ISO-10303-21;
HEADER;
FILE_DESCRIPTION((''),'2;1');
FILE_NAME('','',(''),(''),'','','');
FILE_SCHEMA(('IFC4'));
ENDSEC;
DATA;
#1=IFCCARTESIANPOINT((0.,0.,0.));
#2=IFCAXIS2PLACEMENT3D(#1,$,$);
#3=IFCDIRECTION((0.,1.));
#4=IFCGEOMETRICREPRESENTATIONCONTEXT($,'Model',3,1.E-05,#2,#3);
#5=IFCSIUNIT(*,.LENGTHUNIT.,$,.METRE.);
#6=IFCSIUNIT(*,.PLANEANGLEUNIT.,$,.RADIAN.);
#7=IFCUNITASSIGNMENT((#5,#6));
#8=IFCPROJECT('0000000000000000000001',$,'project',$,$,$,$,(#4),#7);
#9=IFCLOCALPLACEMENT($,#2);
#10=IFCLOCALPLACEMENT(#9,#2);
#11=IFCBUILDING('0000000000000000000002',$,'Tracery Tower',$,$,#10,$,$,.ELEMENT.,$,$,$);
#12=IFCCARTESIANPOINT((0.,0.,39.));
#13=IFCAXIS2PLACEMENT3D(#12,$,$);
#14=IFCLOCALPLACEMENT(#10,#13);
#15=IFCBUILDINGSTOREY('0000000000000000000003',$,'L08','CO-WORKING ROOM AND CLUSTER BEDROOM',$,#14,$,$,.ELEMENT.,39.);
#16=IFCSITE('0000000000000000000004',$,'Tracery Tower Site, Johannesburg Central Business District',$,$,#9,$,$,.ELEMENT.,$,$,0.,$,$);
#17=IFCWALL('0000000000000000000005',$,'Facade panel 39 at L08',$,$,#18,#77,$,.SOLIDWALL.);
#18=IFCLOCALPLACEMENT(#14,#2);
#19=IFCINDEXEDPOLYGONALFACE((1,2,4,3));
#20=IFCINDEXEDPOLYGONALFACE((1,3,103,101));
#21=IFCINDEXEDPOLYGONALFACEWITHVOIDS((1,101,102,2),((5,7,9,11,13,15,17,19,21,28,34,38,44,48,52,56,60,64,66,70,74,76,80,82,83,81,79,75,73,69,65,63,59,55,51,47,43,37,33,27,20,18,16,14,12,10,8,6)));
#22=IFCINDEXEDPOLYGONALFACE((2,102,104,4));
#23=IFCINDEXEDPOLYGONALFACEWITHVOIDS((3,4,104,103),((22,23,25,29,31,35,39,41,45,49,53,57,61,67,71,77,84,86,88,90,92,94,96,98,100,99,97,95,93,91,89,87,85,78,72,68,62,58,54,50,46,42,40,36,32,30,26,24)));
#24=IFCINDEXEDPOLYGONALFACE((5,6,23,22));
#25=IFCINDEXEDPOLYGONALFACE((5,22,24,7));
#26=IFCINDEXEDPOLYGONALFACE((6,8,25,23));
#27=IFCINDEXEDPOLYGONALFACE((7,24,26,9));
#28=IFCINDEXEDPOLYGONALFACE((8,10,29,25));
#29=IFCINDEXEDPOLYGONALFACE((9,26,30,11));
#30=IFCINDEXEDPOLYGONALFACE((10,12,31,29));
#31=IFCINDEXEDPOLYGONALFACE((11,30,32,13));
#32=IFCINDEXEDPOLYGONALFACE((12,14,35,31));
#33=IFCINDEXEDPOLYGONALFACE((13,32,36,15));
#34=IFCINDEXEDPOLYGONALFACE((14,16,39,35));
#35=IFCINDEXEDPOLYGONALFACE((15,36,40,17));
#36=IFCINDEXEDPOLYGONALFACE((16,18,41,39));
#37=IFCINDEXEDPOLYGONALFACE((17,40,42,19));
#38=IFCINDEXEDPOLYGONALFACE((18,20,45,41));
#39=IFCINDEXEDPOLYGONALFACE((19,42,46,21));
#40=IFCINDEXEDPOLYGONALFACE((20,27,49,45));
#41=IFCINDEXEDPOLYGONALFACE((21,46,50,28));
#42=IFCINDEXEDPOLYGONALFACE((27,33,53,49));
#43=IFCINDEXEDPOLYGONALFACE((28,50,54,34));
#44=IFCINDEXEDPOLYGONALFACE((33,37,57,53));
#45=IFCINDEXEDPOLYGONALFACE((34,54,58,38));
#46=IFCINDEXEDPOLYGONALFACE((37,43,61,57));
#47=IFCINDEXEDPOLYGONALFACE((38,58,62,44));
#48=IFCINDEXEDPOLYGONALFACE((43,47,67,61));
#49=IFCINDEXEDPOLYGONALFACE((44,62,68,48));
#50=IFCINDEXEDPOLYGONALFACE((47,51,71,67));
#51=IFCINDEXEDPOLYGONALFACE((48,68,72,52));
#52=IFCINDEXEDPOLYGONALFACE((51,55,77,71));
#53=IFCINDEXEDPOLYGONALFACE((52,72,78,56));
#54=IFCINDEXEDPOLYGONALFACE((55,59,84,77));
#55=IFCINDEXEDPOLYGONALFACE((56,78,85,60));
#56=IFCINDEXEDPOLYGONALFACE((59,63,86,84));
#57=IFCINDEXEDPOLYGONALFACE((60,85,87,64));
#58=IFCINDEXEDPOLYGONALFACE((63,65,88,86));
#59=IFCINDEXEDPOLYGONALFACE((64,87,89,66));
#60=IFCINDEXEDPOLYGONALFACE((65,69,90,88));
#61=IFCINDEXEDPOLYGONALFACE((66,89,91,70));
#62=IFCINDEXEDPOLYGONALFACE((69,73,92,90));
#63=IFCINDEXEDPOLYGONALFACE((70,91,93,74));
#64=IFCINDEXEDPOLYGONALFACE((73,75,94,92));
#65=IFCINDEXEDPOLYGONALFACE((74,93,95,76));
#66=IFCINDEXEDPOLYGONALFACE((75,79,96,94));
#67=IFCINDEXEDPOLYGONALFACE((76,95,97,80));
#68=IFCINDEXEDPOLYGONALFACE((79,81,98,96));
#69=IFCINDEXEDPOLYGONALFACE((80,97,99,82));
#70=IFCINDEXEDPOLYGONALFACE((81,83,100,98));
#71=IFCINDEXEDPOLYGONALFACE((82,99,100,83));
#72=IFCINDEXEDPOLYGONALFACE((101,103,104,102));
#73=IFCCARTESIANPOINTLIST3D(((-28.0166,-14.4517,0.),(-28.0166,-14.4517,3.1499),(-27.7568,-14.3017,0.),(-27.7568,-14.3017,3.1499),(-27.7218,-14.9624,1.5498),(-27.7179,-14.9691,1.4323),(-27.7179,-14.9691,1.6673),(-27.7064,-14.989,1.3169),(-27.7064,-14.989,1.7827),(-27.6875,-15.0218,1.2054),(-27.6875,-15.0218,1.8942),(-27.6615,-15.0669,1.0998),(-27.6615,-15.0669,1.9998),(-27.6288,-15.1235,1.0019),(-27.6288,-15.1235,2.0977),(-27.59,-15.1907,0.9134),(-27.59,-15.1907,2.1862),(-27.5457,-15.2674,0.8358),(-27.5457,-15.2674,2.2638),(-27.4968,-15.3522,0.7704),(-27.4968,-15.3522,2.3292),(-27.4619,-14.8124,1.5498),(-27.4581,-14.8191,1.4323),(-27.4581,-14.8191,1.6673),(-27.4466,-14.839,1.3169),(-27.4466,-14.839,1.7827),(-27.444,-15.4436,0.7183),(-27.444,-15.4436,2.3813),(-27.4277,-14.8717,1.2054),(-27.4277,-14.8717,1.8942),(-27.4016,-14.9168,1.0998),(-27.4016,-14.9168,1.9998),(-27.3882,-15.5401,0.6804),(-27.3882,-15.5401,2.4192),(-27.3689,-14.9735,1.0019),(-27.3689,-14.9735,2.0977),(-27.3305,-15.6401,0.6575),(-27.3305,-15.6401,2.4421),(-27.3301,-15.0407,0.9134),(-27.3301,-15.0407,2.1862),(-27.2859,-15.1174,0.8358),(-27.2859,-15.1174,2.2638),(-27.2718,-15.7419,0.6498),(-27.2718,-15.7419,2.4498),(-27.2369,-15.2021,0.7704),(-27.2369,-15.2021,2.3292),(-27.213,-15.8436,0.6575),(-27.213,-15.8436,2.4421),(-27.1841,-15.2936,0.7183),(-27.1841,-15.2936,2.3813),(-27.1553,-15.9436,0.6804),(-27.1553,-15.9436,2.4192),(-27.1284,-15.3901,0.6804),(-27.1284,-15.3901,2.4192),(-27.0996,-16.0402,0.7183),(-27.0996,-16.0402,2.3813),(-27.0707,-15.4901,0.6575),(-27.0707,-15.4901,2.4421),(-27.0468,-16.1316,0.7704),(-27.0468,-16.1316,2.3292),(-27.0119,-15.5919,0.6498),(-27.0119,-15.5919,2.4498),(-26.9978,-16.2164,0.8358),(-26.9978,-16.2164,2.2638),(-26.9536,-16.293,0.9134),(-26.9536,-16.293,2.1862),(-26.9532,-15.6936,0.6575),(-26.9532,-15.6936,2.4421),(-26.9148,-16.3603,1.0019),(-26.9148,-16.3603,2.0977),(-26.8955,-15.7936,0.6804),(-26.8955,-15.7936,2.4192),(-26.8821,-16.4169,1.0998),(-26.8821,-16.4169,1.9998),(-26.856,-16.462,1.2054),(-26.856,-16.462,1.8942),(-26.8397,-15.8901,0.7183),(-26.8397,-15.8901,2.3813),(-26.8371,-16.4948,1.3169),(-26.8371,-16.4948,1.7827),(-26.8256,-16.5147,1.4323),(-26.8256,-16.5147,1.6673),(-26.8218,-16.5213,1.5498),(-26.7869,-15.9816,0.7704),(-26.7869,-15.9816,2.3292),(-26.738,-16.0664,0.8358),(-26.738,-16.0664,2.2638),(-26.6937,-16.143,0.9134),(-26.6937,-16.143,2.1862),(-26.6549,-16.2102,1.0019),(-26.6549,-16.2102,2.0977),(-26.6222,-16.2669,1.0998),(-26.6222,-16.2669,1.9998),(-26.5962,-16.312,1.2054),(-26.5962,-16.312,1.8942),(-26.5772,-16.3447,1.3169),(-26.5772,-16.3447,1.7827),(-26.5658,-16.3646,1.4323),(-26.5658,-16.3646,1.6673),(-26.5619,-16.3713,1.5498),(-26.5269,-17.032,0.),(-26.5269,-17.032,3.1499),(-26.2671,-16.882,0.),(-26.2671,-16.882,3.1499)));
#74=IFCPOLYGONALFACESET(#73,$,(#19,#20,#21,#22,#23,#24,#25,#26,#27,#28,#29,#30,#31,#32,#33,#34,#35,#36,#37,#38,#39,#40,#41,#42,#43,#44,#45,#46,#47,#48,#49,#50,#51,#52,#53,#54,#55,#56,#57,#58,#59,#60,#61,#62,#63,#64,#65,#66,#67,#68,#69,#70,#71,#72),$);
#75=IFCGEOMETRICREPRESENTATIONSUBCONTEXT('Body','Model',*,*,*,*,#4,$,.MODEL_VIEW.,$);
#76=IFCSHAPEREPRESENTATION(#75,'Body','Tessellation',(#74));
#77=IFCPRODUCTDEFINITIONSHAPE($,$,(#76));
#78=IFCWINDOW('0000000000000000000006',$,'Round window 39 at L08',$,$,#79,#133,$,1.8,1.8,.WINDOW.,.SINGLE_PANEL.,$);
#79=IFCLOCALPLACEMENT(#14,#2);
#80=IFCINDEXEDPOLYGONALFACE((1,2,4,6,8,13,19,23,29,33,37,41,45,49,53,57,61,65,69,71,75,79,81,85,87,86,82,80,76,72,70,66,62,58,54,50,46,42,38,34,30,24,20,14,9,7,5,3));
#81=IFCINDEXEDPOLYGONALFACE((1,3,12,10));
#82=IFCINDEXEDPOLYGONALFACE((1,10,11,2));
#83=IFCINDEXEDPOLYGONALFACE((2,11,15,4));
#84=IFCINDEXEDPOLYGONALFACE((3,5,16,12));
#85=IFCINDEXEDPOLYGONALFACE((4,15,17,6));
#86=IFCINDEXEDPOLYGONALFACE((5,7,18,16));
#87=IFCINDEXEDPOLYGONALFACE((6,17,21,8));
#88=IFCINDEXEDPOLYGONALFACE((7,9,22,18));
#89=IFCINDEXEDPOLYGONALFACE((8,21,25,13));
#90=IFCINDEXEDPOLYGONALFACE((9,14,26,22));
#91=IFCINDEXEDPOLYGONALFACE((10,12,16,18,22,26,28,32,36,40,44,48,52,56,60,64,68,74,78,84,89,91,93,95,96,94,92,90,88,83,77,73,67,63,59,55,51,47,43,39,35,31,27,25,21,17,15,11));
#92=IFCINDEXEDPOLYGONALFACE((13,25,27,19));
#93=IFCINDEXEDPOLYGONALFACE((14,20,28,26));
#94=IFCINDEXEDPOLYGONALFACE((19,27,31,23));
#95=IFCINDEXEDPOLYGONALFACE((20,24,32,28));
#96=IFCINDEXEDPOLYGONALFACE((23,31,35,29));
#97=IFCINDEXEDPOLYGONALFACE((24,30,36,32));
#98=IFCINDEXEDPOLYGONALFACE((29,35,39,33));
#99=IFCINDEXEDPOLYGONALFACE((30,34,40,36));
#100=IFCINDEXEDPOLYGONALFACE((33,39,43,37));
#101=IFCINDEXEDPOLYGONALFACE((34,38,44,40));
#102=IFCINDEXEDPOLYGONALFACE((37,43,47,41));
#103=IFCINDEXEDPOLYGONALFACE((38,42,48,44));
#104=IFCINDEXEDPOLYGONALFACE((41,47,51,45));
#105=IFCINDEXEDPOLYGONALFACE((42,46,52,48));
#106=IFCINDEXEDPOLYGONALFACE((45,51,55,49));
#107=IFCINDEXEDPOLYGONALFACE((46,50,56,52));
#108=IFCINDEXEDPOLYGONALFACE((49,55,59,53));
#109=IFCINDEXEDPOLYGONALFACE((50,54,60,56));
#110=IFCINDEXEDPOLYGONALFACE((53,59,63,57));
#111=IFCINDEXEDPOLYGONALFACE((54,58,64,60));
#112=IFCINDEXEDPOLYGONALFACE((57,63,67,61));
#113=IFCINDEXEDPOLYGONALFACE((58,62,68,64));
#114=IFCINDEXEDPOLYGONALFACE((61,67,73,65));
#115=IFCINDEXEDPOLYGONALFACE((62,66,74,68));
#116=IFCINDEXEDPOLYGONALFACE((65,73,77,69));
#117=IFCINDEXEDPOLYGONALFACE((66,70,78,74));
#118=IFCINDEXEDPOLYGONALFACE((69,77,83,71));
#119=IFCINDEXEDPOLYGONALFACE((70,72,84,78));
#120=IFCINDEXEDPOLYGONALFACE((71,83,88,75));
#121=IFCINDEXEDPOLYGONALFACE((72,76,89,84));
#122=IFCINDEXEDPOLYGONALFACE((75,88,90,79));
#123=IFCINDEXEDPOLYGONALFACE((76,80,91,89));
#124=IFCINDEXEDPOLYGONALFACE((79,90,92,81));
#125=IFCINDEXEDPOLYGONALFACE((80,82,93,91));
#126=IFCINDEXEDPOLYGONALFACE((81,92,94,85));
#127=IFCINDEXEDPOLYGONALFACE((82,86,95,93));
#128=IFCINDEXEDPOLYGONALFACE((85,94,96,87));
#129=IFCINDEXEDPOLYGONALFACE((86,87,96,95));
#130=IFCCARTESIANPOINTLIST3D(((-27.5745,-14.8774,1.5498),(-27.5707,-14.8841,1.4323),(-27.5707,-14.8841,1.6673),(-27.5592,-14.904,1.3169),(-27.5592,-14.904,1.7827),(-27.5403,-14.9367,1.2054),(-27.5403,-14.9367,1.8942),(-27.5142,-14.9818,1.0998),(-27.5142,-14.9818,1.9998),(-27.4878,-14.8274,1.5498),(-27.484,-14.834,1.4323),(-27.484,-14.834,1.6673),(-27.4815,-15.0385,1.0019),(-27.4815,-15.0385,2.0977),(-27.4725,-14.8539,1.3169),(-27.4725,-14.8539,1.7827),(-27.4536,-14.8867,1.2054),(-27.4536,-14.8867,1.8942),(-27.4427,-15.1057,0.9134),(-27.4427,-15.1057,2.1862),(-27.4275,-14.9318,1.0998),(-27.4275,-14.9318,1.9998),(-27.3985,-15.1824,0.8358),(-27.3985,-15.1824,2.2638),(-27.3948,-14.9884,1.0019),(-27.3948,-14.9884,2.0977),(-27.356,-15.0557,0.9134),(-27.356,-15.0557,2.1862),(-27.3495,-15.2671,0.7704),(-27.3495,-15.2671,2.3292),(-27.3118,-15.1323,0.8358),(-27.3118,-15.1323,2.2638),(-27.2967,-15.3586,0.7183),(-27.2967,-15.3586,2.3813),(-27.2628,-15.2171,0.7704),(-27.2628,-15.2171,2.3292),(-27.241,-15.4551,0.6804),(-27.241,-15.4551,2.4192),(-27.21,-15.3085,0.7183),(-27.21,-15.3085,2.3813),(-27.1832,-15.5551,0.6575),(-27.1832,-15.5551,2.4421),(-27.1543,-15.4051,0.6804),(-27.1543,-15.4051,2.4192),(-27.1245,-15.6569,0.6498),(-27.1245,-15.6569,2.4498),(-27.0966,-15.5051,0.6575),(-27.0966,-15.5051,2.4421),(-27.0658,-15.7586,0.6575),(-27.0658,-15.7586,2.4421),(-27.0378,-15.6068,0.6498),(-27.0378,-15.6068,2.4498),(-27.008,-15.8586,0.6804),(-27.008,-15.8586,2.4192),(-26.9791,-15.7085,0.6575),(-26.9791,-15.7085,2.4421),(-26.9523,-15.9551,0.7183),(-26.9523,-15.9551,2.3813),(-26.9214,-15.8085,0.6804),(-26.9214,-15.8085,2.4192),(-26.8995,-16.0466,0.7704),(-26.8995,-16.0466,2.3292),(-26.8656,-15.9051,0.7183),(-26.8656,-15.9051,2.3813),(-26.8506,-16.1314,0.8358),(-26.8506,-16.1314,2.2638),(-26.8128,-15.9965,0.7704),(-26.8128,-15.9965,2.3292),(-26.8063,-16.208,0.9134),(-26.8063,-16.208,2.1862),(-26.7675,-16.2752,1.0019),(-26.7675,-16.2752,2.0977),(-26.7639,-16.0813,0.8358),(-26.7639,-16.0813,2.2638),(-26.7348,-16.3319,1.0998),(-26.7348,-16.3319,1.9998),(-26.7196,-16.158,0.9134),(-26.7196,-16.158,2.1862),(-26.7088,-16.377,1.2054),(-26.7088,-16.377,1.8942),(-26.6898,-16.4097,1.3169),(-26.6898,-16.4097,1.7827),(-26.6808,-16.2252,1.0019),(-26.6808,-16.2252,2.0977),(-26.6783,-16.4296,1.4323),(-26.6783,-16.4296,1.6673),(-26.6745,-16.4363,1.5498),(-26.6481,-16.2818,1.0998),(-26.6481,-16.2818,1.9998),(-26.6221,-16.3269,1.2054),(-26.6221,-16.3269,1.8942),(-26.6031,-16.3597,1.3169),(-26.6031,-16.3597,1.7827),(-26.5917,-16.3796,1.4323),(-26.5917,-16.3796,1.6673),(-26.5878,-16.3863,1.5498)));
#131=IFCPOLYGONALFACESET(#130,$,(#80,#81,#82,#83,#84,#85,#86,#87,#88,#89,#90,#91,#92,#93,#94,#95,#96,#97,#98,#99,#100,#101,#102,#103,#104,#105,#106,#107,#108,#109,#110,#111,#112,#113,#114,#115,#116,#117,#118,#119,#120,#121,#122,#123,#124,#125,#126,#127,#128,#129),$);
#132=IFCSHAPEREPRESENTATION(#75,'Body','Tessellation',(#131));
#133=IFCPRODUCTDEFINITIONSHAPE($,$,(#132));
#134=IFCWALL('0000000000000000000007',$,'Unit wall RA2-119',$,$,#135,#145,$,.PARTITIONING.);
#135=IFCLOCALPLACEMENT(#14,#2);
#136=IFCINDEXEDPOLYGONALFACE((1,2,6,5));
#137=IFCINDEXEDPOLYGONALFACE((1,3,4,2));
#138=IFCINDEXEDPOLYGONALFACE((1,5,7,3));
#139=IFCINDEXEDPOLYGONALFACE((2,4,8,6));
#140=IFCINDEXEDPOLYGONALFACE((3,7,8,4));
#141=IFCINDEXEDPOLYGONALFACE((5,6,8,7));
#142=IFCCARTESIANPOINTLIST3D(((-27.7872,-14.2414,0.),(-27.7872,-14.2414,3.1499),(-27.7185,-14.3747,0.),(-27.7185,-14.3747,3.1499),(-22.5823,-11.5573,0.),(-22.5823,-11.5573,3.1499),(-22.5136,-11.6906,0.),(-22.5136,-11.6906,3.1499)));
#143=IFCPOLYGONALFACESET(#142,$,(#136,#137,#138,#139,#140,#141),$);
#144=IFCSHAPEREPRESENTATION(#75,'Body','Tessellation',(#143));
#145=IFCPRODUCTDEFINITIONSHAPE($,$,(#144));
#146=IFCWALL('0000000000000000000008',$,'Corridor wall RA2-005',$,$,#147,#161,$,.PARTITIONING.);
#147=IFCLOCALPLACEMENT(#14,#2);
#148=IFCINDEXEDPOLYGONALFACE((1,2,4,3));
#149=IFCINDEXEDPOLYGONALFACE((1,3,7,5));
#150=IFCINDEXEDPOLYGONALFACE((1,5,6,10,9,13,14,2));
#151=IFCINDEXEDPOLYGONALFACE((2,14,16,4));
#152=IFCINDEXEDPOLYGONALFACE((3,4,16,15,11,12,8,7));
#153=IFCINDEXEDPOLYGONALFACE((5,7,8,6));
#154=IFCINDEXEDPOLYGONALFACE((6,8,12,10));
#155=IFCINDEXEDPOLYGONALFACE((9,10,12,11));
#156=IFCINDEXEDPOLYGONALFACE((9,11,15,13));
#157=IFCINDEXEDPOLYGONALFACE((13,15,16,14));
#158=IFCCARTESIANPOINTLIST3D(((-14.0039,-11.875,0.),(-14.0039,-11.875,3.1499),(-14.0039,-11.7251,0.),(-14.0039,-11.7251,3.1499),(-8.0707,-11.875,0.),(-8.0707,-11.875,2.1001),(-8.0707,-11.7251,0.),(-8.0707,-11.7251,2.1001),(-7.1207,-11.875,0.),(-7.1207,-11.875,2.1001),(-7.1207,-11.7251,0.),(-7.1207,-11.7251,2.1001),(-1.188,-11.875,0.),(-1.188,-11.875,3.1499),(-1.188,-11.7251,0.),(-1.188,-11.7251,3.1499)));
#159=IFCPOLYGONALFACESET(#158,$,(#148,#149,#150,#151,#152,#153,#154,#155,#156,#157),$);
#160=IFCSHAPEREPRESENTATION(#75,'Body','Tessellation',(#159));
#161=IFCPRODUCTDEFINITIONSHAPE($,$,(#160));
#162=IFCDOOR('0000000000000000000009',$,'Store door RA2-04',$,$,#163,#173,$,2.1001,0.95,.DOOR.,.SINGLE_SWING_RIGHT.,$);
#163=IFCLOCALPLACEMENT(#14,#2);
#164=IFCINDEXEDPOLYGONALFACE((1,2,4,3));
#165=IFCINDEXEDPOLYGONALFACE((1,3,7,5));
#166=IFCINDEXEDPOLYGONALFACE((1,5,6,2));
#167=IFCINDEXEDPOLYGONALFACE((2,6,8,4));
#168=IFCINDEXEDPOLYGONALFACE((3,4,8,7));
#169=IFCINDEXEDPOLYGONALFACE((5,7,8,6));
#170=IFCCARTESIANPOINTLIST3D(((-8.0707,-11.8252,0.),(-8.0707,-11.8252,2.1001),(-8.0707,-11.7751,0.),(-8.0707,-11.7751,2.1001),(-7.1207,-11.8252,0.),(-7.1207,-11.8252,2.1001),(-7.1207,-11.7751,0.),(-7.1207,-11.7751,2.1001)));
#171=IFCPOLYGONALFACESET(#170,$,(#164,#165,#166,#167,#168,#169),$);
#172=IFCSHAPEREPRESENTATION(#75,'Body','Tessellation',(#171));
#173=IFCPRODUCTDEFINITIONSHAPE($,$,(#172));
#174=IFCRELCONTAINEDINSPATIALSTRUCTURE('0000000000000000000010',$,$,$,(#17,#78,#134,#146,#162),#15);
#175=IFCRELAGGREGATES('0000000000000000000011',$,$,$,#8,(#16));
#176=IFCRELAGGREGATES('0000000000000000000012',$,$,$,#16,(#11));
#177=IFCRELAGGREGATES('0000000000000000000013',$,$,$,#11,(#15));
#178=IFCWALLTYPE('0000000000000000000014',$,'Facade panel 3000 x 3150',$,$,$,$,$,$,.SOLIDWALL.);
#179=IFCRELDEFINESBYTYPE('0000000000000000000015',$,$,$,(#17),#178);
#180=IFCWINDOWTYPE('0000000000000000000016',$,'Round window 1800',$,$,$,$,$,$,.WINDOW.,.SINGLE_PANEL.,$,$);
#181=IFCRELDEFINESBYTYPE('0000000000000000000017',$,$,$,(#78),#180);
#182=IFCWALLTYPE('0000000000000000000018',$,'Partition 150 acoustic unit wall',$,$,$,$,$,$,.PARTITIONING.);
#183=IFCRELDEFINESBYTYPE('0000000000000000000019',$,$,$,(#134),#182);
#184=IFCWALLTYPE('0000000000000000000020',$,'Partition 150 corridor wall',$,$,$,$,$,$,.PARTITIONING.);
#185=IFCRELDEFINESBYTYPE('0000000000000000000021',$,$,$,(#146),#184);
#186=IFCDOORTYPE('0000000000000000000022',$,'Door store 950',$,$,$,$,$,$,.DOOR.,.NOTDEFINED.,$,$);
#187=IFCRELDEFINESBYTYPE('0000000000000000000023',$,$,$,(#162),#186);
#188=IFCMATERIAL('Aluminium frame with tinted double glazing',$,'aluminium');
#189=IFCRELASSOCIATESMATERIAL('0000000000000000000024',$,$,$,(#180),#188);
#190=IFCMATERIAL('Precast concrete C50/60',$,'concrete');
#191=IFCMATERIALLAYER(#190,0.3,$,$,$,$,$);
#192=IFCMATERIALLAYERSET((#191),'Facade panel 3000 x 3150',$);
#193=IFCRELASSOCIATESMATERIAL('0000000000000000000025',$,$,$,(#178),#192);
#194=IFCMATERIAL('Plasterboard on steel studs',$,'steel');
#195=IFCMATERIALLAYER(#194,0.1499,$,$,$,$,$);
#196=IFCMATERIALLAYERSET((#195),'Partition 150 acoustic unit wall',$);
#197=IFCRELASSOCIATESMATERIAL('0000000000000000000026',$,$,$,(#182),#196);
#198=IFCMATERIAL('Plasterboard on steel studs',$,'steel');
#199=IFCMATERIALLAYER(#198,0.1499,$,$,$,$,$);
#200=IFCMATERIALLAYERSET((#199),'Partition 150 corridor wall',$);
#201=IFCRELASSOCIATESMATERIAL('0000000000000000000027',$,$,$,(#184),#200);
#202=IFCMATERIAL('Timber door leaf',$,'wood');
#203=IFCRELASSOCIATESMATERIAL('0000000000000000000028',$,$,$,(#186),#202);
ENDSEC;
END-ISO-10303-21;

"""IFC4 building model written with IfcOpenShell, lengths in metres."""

from ifc_helpers import new_model, si_unit, direction, frame, frame_2d, origin, origin_2d, place, context, subcontext, project, spatial, rectangle, circle, extrude, material, layer, layer_set, type_object, element, fill, save


model = new_model("IFC4")

# Units and contexts
model_context = context("Model", 3, precision=1e-05, world=origin(), true_north=direction((0.0, 1.0)))
body_context = subcontext(model_context, "Body", "Model", "MODEL_VIEW")
ifc_project = project(units=[si_unit("LENGTHUNIT", "METRE"), si_unit("PLANEANGLEUNIT", "RADIAN")], contexts=[model_context])

# Site, building, storey
site_placement = place(None, origin())
site = spatial("IfcSite", under=ifc_project, at=site_placement, Name="Tracery Tower Site, Johannesburg Central Business District", CompositionType="ELEMENT", RefElevation=0.0)
building_placement = place(site_placement, origin())
building = spatial("IfcBuilding", under=site, at=building_placement, Name="Tracery Tower", CompositionType="ELEMENT")
storey_placement = place(building_placement, frame((0.0, 0.0, 39.0)))
storey = spatial("IfcBuildingStorey", under=building, at=storey_placement, Name="L08", Description="CO-WORKING ROOM AND CLUSTER BEDROOM", CompositionType="ELEMENT", Elevation=39.0)

# Wall, opening, window
ifc_material_1 = material(Name="Aluminium frame with tinted double glazing", Category="aluminium")
window_type = type_object("IfcWindowType", Name="Round window 1800", PartitioningType="SINGLE_PANEL", PredefinedType="WINDOW", material=ifc_material_1)
ifc_material_2 = material(Name="Precast concrete C50/60", Category="concrete")
ifc_layer_1 = layer(ifc_material_2, 0.3)
ifc_layer_set_1 = layer_set([ifc_layer_1], Name="Facade panel 3000 x 3150")
wall_type_1 = type_object("IfcWallType", Name="Facade panel 3000 x 3150", PredefinedType="SOLIDWALL", material=ifc_layer_set_1)
wall_1_placement = place(storey_placement, frame((-27.8867, -14.3767, 0.0), z_axis=(0.0, 0.0, 1.0), x_axis=(0.499999, -0.866026, 0.0)))
wall_1 = element("IfcWall", 1, at=wall_1_placement, inside=storey, type_object=wall_type_1, Name="Facade panel 39 at L08", PredefinedType="SOLIDWALL", context=body_context, shape_type="SweptSolid", body=[
    extrude(rectangle(XDim=2.9795, YDim=0.3, at=frame_2d((1.4897, 0.0))), origin(), (0.0, 0.0, 1.0), 3.1499),
])
opening_1_placement = place(wall_1_placement, frame((1.4897, 0.0, 1.5498)))
opening_1 = element("IfcOpeningElement", 2, at=opening_1_placement, cuts=wall_1, PredefinedType="OPENING", context=body_context, shape_type="SweptSolid", body=[
    extrude(circle(Radius=0.9, at=origin_2d()), frame((0.0, 0.1599, 0.0), z_axis=(0.0, -1.0, 0.0), x_axis=(1.0, 0.0, 0.0)), (0.0, 0.0, 1.0), 0.3201),
])
window_1_placement = place(opening_1_placement, origin())
window_1 = element("IfcWindow", 3, at=window_1_placement, inside=storey, type_object=window_type, Name="Round window 39 at L08", OverallHeight=1.8, OverallWidth=1.8, PartitioningType="SINGLE_PANEL", PredefinedType="WINDOW", context=body_context, shape_type="SweptSolid", body=[
    extrude(circle(Radius=0.9, at=origin_2d()), frame((0.0, 0.1201, 0.0), z_axis=(0.0, -1.0, 0.0), x_axis=(1.0, 0.0, 0.0)), (0.0, 0.0, 1.0), 0.1001),
])
fill(opening_1, window_1)

# Wall
ifc_material_3 = material(Name="Plasterboard on steel studs", Category="steel")
ifc_layer_2 = layer(ifc_material_3, 0.1499)
ifc_layer_set_2 = layer_set([ifc_layer_2], Name="Partition 150 acoustic unit wall")
wall_type_2 = type_object("IfcWallType", Name="Partition 150 acoustic unit wall", PredefinedType="PARTITIONING", material=ifc_layer_set_2)
wall_2_placement = place(storey_placement, frame((-27.7529, -14.3081, 0.0), z_axis=(0.0, 0.0, 1.0), x_axis=(0.88878, 0.458335, 0.0)))
element("IfcWall", 4, at=wall_2_placement, inside=storey, type_object=wall_type_2, Name="Unit wall RA2-119", PredefinedType="PARTITIONING", context=body_context, shape_type="SweptSolid", body=[
    extrude(rectangle(XDim=5.8562, YDim=0.1499, at=frame_2d((2.9282, 0.0))), origin(), (0.0, 0.0, 1.0), 3.1499),
])

# Wall, opening, door
ifc_material_4 = material(Name="Plasterboard on steel studs", Category="steel")
ifc_layer_3 = layer(ifc_material_4, 0.1499)
ifc_layer_set_3 = layer_set([ifc_layer_3], Name="Partition 150 corridor wall")
wall_type_3 = type_object("IfcWallType", Name="Partition 150 corridor wall", PredefinedType="PARTITIONING", material=ifc_layer_set_3)
wall_3_placement = place(storey_placement, frame((-14.0039, -11.8, 0.0), z_axis=(0.0, 0.0, 1.0), x_axis=(1.0, 0.0, 0.0)))
wall_3 = element("IfcWall", 5, at=wall_3_placement, inside=storey, type_object=wall_type_3, Name="Corridor wall RA2-005", PredefinedType="PARTITIONING", context=body_context, shape_type="SweptSolid", body=[
    extrude(rectangle(XDim=12.8159, YDim=0.1499, at=frame_2d((6.408, 0.0))), origin(), (0.0, 0.0, 1.0), 3.1499),
])
opening_2_placement = place(wall_3_placement, frame((5.9331, 0.0, 0.0)))
opening_2 = element("IfcOpeningElement", 6, at=opening_2_placement, cuts=wall_3, PredefinedType="OPENING", context=body_context, shape_type="SweptSolid", body=[
    extrude(rectangle(XDim=0.95, YDim=2.1001, at=frame_2d((0.4751, 1.05))), frame((0.0, 0.075, 0.0), z_axis=(0.0, -1.0, 0.0), x_axis=(1.0, 0.0, 0.0)), (0.0, 0.0, 1.0), 0.1499),
])
ifc_material_5 = material(Name="Timber door leaf", Category="wood")
door_type = type_object("IfcDoorType", Name="Door store 950", OperationType="NOTDEFINED", PredefinedType="DOOR", material=ifc_material_5)
door_placement = place(opening_2_placement, origin())
door = element("IfcDoor", 7, at=door_placement, inside=storey, type_object=door_type, Name="Store door RA2-04", OperationType="SINGLE_SWING_RIGHT", OverallHeight=2.1001, OverallWidth=0.95, PredefinedType="DOOR", context=body_context, shape_type="SweptSolid", body=[
    extrude(rectangle(XDim=0.95, YDim=2.1001, at=frame_2d((0.4751, 1.05))), frame((0.0, 0.0249, 0.0), z_axis=(0.0, -1.0, 0.0), x_axis=(1.0, 0.0, 0.0)), (0.0, 0.0, 1.0), 0.05),
])
fill(opening_2, door)

save(model, "model.ifc")
